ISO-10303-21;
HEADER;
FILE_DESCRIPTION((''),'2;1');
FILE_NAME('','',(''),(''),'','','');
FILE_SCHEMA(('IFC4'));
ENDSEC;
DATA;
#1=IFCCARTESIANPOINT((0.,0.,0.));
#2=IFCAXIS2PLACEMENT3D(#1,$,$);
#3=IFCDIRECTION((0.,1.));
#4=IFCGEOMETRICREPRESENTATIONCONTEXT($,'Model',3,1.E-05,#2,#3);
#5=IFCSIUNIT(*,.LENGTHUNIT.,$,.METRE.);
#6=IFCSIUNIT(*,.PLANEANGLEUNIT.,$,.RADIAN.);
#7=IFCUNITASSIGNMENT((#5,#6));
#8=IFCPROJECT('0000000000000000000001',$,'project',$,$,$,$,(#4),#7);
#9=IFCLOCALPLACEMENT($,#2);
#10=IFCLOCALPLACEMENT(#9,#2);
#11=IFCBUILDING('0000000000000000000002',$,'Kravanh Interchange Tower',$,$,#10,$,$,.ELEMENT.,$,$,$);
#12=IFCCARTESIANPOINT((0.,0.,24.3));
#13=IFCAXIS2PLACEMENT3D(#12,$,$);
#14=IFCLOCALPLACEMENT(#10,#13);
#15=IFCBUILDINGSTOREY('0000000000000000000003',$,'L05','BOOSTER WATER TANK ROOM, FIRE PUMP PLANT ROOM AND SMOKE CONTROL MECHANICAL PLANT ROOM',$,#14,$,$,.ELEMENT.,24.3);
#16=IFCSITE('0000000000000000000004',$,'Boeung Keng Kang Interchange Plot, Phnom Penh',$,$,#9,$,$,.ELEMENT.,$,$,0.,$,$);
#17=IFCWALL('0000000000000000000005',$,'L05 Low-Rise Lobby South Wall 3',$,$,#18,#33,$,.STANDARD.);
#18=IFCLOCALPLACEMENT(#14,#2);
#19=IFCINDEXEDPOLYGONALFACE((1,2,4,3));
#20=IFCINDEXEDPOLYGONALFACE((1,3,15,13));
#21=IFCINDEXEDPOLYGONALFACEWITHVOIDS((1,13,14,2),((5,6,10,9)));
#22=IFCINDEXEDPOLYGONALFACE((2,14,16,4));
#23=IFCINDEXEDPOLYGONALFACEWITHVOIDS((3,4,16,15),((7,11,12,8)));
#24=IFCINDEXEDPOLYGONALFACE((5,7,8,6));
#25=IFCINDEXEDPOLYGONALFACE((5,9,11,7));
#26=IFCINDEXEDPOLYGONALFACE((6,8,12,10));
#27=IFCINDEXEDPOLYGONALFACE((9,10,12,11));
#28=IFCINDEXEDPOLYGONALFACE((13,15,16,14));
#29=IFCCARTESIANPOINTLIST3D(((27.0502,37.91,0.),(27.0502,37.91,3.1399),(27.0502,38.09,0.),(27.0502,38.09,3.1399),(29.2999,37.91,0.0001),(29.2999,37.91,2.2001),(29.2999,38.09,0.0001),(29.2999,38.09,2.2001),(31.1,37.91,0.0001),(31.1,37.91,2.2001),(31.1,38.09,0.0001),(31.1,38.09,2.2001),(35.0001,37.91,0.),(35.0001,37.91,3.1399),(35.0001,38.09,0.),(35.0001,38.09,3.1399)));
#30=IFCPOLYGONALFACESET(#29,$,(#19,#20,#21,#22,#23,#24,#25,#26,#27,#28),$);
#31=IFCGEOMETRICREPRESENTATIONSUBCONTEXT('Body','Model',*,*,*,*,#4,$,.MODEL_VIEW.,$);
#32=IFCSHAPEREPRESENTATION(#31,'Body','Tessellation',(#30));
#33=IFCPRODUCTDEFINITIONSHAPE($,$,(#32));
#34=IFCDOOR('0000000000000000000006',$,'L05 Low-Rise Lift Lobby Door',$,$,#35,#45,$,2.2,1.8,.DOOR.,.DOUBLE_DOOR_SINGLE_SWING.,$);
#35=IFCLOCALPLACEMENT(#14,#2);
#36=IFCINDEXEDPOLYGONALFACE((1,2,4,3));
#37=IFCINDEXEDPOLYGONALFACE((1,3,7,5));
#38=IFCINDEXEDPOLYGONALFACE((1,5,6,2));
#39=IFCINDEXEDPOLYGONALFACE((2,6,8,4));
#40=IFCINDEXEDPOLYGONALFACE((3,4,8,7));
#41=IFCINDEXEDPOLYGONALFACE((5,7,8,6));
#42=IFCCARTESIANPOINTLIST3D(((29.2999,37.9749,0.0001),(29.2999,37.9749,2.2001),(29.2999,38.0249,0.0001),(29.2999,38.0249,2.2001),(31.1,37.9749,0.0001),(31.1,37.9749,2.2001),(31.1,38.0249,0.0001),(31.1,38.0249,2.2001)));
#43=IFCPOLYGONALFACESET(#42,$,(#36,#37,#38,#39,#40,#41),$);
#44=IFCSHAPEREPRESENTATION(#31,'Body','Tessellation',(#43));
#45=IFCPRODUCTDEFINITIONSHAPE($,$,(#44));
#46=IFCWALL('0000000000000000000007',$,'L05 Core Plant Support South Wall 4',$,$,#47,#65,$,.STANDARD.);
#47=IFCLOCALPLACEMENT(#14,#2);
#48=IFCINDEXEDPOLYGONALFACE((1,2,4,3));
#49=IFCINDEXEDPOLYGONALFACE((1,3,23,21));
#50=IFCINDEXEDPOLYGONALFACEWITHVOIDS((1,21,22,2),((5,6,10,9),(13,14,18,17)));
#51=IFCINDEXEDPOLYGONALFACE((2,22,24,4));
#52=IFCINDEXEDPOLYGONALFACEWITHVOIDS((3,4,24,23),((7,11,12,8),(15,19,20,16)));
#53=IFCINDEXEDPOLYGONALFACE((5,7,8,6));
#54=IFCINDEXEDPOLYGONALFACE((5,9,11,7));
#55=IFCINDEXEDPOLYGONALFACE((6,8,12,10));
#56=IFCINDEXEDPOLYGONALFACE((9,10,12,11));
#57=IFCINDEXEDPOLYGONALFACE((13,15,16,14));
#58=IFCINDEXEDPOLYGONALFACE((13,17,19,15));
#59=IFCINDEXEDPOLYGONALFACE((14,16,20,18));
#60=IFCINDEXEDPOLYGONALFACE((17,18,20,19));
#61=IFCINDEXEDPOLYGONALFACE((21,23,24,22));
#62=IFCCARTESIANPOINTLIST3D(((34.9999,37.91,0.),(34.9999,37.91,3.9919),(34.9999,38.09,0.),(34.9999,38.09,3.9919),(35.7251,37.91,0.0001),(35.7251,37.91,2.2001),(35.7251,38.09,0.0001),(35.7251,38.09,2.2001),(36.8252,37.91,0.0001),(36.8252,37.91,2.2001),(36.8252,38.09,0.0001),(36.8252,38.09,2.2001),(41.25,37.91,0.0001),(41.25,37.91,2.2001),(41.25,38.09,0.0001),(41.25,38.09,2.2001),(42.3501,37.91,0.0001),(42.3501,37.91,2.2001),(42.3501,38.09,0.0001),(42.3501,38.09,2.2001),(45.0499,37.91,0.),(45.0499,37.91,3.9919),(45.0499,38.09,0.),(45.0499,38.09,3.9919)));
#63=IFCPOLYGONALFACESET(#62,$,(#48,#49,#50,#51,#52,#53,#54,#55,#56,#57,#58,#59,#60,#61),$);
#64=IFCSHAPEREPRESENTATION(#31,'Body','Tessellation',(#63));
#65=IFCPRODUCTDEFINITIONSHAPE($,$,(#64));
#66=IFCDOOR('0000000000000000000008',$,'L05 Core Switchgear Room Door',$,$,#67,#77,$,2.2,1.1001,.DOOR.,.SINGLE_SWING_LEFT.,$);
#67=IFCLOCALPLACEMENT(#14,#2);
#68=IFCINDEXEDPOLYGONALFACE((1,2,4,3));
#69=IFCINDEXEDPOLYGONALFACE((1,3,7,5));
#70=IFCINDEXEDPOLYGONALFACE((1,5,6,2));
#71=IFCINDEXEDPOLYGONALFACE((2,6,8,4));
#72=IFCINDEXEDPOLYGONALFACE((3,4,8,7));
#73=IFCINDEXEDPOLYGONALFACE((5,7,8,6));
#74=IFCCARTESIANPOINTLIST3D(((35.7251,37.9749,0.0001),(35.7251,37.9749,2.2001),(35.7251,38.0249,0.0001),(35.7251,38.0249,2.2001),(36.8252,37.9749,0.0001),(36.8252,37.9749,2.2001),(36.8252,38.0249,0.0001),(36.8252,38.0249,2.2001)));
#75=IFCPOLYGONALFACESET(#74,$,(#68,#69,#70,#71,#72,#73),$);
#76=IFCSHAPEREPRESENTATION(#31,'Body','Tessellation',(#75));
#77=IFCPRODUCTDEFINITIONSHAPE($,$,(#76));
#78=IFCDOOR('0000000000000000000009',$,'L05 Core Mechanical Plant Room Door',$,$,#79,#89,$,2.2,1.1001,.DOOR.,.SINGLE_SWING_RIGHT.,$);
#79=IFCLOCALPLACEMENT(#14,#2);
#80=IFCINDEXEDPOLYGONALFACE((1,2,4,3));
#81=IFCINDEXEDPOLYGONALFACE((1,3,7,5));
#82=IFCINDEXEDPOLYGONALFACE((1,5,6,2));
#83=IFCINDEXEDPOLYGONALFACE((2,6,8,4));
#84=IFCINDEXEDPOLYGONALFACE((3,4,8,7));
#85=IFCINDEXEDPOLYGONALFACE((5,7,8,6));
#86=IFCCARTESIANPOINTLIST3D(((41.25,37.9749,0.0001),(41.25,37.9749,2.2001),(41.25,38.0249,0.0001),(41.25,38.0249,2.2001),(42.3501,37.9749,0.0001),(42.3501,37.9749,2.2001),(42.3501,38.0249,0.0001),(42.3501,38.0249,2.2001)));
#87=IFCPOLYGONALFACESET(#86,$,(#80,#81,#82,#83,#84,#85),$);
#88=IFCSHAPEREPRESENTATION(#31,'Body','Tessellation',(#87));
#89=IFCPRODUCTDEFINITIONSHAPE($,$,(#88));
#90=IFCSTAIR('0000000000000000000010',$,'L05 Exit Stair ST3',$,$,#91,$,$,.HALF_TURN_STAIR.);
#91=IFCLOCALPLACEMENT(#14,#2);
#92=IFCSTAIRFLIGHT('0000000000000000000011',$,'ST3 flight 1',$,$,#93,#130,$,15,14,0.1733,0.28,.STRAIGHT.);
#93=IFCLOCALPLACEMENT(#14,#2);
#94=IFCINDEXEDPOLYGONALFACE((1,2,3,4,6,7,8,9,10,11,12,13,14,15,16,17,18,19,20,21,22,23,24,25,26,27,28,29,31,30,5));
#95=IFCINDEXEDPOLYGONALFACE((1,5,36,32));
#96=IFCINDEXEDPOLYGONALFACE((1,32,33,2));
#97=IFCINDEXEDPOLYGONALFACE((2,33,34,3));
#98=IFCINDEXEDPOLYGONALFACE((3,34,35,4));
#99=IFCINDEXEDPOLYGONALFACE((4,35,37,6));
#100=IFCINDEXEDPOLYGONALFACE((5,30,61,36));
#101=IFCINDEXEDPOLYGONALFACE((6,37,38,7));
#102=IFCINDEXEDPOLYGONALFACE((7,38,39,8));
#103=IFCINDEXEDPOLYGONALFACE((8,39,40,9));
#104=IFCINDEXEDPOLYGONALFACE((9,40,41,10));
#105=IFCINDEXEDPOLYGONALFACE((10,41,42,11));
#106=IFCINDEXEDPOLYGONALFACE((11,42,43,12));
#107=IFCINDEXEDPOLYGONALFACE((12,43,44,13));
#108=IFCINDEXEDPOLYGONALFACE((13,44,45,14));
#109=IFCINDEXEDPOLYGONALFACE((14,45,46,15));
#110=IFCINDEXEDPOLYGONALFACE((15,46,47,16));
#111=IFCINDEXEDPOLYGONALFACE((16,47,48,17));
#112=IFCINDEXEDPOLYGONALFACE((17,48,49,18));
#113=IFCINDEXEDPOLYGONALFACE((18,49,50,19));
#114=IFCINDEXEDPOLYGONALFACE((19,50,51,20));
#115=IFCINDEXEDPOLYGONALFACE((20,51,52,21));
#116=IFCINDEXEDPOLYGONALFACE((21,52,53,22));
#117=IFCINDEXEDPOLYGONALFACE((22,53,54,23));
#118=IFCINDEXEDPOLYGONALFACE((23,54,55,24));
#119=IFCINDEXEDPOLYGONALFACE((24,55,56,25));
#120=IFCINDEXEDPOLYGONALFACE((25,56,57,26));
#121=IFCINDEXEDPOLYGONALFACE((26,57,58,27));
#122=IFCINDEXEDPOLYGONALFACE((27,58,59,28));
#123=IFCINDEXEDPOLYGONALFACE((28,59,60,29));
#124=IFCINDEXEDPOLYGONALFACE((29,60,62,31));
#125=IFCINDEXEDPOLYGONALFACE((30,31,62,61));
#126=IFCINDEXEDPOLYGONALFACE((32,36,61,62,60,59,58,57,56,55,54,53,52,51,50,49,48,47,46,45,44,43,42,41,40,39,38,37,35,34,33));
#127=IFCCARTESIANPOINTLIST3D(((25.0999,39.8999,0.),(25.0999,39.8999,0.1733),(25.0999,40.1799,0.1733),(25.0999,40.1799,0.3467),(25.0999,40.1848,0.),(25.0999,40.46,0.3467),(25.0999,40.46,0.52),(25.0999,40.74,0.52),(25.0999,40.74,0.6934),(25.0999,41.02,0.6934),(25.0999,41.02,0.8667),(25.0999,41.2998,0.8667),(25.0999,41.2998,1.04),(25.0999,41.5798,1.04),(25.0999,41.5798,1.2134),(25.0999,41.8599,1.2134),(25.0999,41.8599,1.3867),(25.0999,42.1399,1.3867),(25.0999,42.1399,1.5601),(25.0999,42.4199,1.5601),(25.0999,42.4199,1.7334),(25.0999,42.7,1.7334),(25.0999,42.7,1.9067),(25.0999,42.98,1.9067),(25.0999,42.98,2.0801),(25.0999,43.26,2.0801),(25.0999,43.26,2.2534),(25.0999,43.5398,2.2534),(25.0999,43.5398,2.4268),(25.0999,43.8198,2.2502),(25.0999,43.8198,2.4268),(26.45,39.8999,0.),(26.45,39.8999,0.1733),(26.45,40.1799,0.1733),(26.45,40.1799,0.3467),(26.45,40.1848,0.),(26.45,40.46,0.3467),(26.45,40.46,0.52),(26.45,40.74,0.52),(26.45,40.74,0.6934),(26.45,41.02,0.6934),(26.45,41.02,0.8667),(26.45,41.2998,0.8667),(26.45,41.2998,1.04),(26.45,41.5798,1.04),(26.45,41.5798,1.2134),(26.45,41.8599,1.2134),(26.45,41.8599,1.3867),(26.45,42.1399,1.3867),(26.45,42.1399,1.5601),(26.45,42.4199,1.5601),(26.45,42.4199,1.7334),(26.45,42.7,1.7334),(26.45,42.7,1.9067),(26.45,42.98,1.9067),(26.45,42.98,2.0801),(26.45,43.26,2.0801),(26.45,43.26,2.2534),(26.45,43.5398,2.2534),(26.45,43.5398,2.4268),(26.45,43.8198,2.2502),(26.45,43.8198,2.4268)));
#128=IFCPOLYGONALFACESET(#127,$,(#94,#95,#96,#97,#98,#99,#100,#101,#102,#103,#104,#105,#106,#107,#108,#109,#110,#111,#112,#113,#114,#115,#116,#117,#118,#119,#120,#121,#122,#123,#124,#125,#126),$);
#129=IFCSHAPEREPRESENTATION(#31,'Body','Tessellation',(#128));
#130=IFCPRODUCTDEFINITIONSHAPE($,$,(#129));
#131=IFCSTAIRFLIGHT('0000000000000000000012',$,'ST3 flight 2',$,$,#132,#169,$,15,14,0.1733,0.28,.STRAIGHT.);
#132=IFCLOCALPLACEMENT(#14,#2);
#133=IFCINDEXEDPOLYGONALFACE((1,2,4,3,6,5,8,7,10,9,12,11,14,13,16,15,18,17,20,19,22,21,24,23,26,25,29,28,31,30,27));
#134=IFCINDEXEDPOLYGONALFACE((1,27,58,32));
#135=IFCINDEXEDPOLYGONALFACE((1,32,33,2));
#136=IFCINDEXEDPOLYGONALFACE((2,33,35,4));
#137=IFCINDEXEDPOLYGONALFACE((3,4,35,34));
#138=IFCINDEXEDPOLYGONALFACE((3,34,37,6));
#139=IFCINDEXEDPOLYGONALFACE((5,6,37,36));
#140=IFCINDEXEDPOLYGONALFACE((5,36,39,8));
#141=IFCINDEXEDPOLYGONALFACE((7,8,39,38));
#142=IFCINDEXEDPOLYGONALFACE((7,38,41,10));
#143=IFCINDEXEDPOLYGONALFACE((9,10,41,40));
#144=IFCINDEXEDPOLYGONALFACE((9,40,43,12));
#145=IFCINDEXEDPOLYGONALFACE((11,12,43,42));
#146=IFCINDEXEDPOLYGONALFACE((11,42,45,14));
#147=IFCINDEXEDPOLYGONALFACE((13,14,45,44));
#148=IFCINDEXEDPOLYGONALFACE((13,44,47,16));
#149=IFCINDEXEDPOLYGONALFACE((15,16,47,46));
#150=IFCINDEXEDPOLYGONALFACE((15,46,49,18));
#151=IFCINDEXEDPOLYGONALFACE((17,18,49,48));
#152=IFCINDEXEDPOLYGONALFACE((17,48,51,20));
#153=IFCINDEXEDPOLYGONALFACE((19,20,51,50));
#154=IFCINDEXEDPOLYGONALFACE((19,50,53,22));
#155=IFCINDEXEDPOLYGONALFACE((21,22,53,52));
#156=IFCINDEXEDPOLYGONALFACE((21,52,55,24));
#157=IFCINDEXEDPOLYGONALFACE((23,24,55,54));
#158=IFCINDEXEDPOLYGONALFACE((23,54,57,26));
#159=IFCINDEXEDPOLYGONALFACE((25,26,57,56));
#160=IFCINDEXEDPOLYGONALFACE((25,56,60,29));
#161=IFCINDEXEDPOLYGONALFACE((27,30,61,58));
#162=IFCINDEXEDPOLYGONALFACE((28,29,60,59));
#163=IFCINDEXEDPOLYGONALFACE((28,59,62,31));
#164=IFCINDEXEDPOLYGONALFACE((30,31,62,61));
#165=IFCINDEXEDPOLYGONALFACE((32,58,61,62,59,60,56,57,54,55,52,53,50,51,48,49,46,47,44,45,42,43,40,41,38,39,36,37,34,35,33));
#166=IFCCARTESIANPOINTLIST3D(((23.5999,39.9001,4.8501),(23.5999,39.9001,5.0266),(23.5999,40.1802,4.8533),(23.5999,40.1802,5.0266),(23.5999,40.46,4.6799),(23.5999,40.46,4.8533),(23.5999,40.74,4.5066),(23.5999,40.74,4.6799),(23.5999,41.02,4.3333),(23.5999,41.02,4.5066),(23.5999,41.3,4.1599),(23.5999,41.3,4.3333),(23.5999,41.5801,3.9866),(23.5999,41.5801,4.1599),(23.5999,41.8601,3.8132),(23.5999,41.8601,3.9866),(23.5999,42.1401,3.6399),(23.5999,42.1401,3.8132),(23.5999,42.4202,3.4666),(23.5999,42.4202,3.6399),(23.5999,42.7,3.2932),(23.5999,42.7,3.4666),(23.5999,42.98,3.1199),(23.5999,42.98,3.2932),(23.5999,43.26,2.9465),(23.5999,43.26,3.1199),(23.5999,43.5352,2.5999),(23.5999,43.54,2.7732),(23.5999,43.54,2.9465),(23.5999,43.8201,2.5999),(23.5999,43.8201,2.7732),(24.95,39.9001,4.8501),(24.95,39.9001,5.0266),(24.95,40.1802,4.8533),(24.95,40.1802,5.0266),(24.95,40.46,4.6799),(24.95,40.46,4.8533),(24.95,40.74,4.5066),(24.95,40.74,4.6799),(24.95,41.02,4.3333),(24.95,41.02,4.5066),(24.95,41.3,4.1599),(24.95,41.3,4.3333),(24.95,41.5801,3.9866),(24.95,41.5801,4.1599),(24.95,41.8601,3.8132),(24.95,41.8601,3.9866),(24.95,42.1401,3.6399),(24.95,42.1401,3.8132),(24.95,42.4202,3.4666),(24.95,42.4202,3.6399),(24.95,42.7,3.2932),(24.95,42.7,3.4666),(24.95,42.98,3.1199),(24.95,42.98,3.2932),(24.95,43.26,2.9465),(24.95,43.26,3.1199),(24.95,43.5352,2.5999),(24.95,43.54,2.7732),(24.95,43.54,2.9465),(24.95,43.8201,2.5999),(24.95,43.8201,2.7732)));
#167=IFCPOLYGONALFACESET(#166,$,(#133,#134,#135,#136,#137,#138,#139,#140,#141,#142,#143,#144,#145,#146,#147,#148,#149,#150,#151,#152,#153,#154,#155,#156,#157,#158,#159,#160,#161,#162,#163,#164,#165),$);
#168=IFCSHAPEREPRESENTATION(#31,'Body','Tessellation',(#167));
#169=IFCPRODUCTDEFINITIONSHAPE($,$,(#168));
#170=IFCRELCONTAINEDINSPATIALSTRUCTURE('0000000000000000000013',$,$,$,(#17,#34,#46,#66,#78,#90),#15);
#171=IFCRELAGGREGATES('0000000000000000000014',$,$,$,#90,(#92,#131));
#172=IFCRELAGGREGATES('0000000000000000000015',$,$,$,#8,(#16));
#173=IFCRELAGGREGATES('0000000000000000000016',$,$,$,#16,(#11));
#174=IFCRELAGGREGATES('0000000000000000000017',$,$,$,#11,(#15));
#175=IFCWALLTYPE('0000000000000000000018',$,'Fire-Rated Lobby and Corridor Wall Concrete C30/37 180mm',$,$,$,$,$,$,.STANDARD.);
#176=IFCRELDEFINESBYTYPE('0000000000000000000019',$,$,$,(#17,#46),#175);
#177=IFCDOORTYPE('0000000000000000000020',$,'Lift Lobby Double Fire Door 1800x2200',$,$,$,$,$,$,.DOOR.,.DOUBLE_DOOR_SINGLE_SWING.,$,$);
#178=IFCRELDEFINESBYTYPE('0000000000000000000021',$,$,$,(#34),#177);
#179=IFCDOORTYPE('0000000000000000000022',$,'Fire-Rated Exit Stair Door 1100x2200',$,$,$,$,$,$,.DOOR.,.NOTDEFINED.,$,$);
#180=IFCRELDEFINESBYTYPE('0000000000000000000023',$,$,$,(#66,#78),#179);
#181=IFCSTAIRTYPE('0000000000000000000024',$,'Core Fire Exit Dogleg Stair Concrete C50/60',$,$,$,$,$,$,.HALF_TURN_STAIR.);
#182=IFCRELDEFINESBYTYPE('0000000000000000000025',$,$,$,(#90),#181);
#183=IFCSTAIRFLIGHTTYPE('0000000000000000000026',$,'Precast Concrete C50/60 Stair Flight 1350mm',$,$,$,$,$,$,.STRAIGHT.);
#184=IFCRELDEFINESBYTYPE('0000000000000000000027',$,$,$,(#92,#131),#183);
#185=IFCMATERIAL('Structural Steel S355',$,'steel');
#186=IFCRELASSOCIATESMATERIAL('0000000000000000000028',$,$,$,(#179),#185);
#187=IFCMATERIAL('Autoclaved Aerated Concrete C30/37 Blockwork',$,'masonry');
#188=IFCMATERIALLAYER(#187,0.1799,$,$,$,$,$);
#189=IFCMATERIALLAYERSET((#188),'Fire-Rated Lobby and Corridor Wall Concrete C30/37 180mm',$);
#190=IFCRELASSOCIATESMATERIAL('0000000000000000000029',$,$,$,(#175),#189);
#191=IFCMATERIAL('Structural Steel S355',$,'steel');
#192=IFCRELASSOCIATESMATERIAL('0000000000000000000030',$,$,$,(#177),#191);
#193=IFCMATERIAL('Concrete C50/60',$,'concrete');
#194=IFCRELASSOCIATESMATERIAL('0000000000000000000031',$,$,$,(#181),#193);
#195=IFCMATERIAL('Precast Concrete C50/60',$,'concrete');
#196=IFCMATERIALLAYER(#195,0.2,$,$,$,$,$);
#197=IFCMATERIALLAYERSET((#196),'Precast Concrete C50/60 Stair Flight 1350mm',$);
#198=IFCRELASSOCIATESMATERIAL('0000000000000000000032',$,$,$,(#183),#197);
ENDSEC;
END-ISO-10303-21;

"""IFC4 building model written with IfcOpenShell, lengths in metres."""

from ifc_helpers import new_model, si_unit, direction, frame, frame_2d, origin, place, context, subcontext, project, spatial, polyline, rectangle, outline, extrude, material, layer, layer_set, type_object, element, fill, aggregate, save


model = new_model("IFC4")

# Units and contexts
model_context = context("Model", 3, precision=1e-05, world=origin(), true_north=direction((0.0, 1.0)))
body_context = subcontext(model_context, "Body", "Model", "MODEL_VIEW")
ifc_project = project(units=[si_unit("LENGTHUNIT", "METRE"), si_unit("PLANEANGLEUNIT", "RADIAN")], contexts=[model_context])

# Site, building, storey
site_placement = place(None, origin())
site = spatial("IfcSite", under=ifc_project, at=site_placement, Name="Boeung Keng Kang Interchange Plot, Phnom Penh", CompositionType="ELEMENT", RefElevation=0.0)
building_placement = place(site_placement, origin())
building = spatial("IfcBuilding", under=site, at=building_placement, Name="Kravanh Interchange Tower", CompositionType="ELEMENT")
storey_placement = place(building_placement, frame((0.0, 0.0, 24.3)))
storey = spatial("IfcBuildingStorey", under=building, at=storey_placement, Name="L05", Description="BOOSTER WATER TANK ROOM, FIRE PUMP PLANT ROOM AND SMOKE CONTROL MECHANICAL PLANT ROOM", CompositionType="ELEMENT", Elevation=24.3)

# Shared definitions
ifc_material_1 = material(Name="Structural Steel S355", Category="steel")
door_type_1 = type_object("IfcDoorType", Name="Fire-Rated Exit Stair Door 1100x2200", OperationType="NOTDEFINED", PredefinedType="DOOR", material=ifc_material_1)

# Shared definitions
ifc_material_2 = material(Name="Autoclaved Aerated Concrete C30/37 Blockwork", Category="masonry")
ifc_layer_1 = layer(ifc_material_2, 0.1799)
ifc_layer_set_1 = layer_set([ifc_layer_1], Name="Fire-Rated Lobby and Corridor Wall Concrete C30/37 180mm")
wall_type_1 = type_object("IfcWallType", Name="Fire-Rated Lobby and Corridor Wall Concrete C30/37 180mm", PredefinedType="STANDARD", material=ifc_layer_set_1)

# Wall, opening, door
wall_1_placement = place(storey_placement, frame((27.05, 38.0, 0.0), z_axis=(0.0, 0.0, 1.0), x_axis=(1.0, 0.0, 0.0)))
wall_1 = element("IfcWall", 1, at=wall_1_placement, inside=storey, type_object=wall_type_1, Name="L05 Low-Rise Lobby South Wall 3", PredefinedType="STANDARD", context=body_context, shape_type="SweptSolid", body=[
    extrude(rectangle(XDim=7.95, YDim=0.1799, at=frame_2d((3.9751, 0.0))), origin(), (0.0, 0.0, 1.0), 3.1399),
])
opening_1_placement = place(wall_1_placement, frame((2.25, 0.0, 0.0)))
opening_1 = element("IfcOpeningElement", 2, at=opening_1_placement, cuts=wall_1, PredefinedType="OPENING", context=body_context, shape_type="SweptSolid", body=[
    extrude(rectangle(XDim=1.8, YDim=2.2, at=frame_2d((0.8999, 1.1001))), frame((0.0, 0.1001, 0.0), z_axis=(0.0, -1.0, 0.0), x_axis=(1.0, 0.0, 0.0)), (0.0, 0.0, 1.0), 0.2),
])
ifc_material_3 = material(Name="Structural Steel S355", Category="steel")
door_type_2 = type_object("IfcDoorType", Name="Lift Lobby Double Fire Door 1800x2200", OperationType="DOUBLE_DOOR_SINGLE_SWING", PredefinedType="DOOR", material=ifc_material_3)
door_1_placement = place(opening_1_placement, origin())
door_1 = element("IfcDoor", 3, at=door_1_placement, inside=storey, type_object=door_type_2, Name="L05 Low-Rise Lift Lobby Door", OperationType="DOUBLE_DOOR_SINGLE_SWING", OverallHeight=2.2, OverallWidth=1.8, PredefinedType="DOOR", context=body_context, shape_type="SweptSolid", body=[
    extrude(rectangle(XDim=1.8, YDim=2.2, at=frame_2d((0.8999, 1.1001))), frame((0.0, 0.0249, 0.0), z_axis=(0.0, -1.0, 0.0), x_axis=(1.0, 0.0, 0.0)), (0.0, 0.0, 1.0), 0.05),
])
fill(opening_1, door_1)

# Wall, openings, doors
wall_2_placement = place(storey_placement, frame((35.0, 38.0, 0.0), z_axis=(0.0, 0.0, 1.0), x_axis=(1.0, 0.0, 0.0)))
wall_2 = element("IfcWall", 4, at=wall_2_placement, inside=storey, type_object=wall_type_1, Name="L05 Core Plant Support South Wall 4", PredefinedType="STANDARD", context=body_context, shape_type="SweptSolid", body=[
    extrude(rectangle(XDim=10.05, YDim=0.1799, at=frame_2d((5.0249, 0.0))), origin(), (0.0, 0.0, 1.0), 3.9919),
])
opening_2_placement = place(wall_2_placement, frame((0.7251, 0.0, 0.0)))
opening_2 = element("IfcOpeningElement", 5, at=opening_2_placement, cuts=wall_2, PredefinedType="OPENING", context=body_context, shape_type="SweptSolid", body=[
    extrude(rectangle(XDim=1.1001, YDim=2.2, at=frame_2d((0.55, 1.1001))), frame((0.0, 0.1001, 0.0), z_axis=(0.0, -1.0, 0.0), x_axis=(1.0, 0.0, 0.0)), (0.0, 0.0, 1.0), 0.2),
])
opening_3_placement = place(wall_2_placement, frame((6.25, 0.0, 0.0)))
opening_3 = element("IfcOpeningElement", 6, at=opening_3_placement, cuts=wall_2, PredefinedType="OPENING", context=body_context, shape_type="SweptSolid", body=[
    extrude(rectangle(XDim=1.1001, YDim=2.2, at=frame_2d((0.55, 1.1001))), frame((0.0, 0.1001, 0.0), z_axis=(0.0, -1.0, 0.0), x_axis=(1.0, 0.0, 0.0)), (0.0, 0.0, 1.0), 0.2),
])
door_2_placement = place(opening_2_placement, origin())
door_2 = element("IfcDoor", 7, at=door_2_placement, inside=storey, type_object=door_type_1, Name="L05 Core Switchgear Room Door", OperationType="SINGLE_SWING_LEFT", OverallHeight=2.2, OverallWidth=1.1001, PredefinedType="DOOR", context=body_context, shape_type="SweptSolid", body=[
    extrude(rectangle(XDim=1.1001, YDim=2.2, at=frame_2d((0.55, 1.1001))), frame((0.0, 0.0249, 0.0), z_axis=(0.0, -1.0, 0.0), x_axis=(1.0, 0.0, 0.0)), (0.0, 0.0, 1.0), 0.05),
])
fill(opening_2, door_2)
door_3_placement = place(opening_3_placement, origin())
door_3 = element("IfcDoor", 8, at=door_3_placement, inside=storey, type_object=door_type_1, Name="L05 Core Mechanical Plant Room Door", OperationType="SINGLE_SWING_RIGHT", OverallHeight=2.2, OverallWidth=1.1001, PredefinedType="DOOR", context=body_context, shape_type="SweptSolid", body=[
    extrude(rectangle(XDim=1.1001, YDim=2.2, at=frame_2d((0.55, 1.1001))), frame((0.0, 0.0249, 0.0), z_axis=(0.0, -1.0, 0.0), x_axis=(1.0, 0.0, 0.0)), (0.0, 0.0, 1.0), 0.05),
])
fill(opening_3, door_3)

# Stair, stair flights
ifc_material_4 = material(Name="Concrete C50/60", Category="concrete")
stair_type = type_object("IfcStairType", Name="Core Fire Exit Dogleg Stair Concrete C50/60", PredefinedType="HALF_TURN_STAIR", material=ifc_material_4)
stair_placement = place(storey_placement, origin())
stair = element("IfcStair", 9, at=stair_placement, inside=storey, type_object=stair_type, Name="L05 Exit Stair ST3", PredefinedType="HALF_TURN_STAIR")
ifc_material_5 = material(Name="Precast Concrete C50/60", Category="concrete")
ifc_layer_2 = layer(ifc_material_5, 0.2)
ifc_layer_set_2 = layer_set([ifc_layer_2], Name="Precast Concrete C50/60 Stair Flight 1350mm")
stair_flight_type = type_object("IfcStairFlightType", Name="Precast Concrete C50/60 Stair Flight 1350mm", PredefinedType="STRAIGHT", material=ifc_layer_set_2)
stair_flight_1_placement = place(storey_placement, frame((25.7749, 39.8999, 0.0), z_axis=(0.0, 0.0, 1.0), x_axis=(0.0, 1.0, 0.0)))
stair_flight_1 = element("IfcStairFlight", 10, at=stair_flight_1_placement, type_object=stair_flight_type, Name="ST3 flight 1", NumberOfRisers=15, NumberOfTreads=14, PredefinedType="STRAIGHT", RiserHeight=0.1733, TreadLength=0.28, context=body_context, shape_type="SweptSolid", body=[
    extrude(outline(polyline([(0.0, 0.0), (0.0, 0.1733), (0.28, 0.1733), (0.28, 0.3467), (0.5601, 0.3467), (0.5601, 0.52), (0.8401, 0.52), (0.8401, 0.6934), (1.1201, 0.6934), (1.1201, 0.8667), (1.3999, 0.8667), (1.3999, 1.04), (1.6799, 1.04), (1.6799, 1.2134), (1.96, 1.2134), (1.96, 1.3867), (2.24, 1.3867), (2.24, 1.5601), (2.52, 1.5601), (2.52, 1.7334), (2.8, 1.7334), (2.8, 1.9067), (3.0801, 1.9067), (3.0801, 2.0801), (3.3601, 2.0801), (3.3601, 2.2534), (3.6399, 2.2534), (3.6399, 2.4268), (3.9199, 2.4268), (3.9199, 2.6001), (3.9199, 2.2502), (0.2849, 0.0), (0.0, 0.0)])), frame((0.0, 0.675, 0.0), z_axis=(0.0, -1.0, 0.0), x_axis=(1.0, 0.0, 0.0)), (0.0, 0.0, 1.0), 1.3501),
])
stair_flight_2_placement = place(storey_placement, frame((24.2749, 43.8201, 2.5999), z_axis=(0.0, 0.0, 1.0), x_axis=(0.0, -1.0, 0.0)))
stair_flight_2 = element("IfcStairFlight", 11, at=stair_flight_2_placement, type_object=stair_flight_type, Name="ST3 flight 2", NumberOfRisers=15, NumberOfTreads=14, PredefinedType="STRAIGHT", RiserHeight=0.1733, TreadLength=0.28, context=body_context, shape_type="SweptSolid", body=[
    extrude(outline(polyline([(0.0, 0.0), (0.0, 0.1733), (0.28, 0.1733), (0.28, 0.3467), (0.5601, 0.3467), (0.5601, 0.52), (0.8401, 0.52), (0.8401, 0.6934), (1.1201, 0.6934), (1.1201, 0.8667), (1.3999, 0.8667), (1.3999, 1.04), (1.6799, 1.04), (1.6799, 1.2134), (1.96, 1.2134), (1.96, 1.3867), (2.24, 1.3867), (2.24, 1.5601), (2.52, 1.5601), (2.52, 1.7334), (2.8, 1.7334), (2.8, 1.9067), (3.0801, 1.9067), (3.0801, 2.0801), (3.3601, 2.0801), (3.3601, 2.2534), (3.6399, 2.2534), (3.6399, 2.4268), (3.9199, 2.4268), (3.9199, 2.6001), (3.9199, 2.2502), (0.2849, 0.0), (0.0, 0.0)])), frame((0.0, 0.675, 0.0), z_axis=(0.0, -1.0, 0.0), x_axis=(1.0, 0.0, 0.0)), (0.0, 0.0, 1.0), 1.3501),
])
aggregate(stair, [stair_flight_1, stair_flight_2])

save(model, "model.ifc")
